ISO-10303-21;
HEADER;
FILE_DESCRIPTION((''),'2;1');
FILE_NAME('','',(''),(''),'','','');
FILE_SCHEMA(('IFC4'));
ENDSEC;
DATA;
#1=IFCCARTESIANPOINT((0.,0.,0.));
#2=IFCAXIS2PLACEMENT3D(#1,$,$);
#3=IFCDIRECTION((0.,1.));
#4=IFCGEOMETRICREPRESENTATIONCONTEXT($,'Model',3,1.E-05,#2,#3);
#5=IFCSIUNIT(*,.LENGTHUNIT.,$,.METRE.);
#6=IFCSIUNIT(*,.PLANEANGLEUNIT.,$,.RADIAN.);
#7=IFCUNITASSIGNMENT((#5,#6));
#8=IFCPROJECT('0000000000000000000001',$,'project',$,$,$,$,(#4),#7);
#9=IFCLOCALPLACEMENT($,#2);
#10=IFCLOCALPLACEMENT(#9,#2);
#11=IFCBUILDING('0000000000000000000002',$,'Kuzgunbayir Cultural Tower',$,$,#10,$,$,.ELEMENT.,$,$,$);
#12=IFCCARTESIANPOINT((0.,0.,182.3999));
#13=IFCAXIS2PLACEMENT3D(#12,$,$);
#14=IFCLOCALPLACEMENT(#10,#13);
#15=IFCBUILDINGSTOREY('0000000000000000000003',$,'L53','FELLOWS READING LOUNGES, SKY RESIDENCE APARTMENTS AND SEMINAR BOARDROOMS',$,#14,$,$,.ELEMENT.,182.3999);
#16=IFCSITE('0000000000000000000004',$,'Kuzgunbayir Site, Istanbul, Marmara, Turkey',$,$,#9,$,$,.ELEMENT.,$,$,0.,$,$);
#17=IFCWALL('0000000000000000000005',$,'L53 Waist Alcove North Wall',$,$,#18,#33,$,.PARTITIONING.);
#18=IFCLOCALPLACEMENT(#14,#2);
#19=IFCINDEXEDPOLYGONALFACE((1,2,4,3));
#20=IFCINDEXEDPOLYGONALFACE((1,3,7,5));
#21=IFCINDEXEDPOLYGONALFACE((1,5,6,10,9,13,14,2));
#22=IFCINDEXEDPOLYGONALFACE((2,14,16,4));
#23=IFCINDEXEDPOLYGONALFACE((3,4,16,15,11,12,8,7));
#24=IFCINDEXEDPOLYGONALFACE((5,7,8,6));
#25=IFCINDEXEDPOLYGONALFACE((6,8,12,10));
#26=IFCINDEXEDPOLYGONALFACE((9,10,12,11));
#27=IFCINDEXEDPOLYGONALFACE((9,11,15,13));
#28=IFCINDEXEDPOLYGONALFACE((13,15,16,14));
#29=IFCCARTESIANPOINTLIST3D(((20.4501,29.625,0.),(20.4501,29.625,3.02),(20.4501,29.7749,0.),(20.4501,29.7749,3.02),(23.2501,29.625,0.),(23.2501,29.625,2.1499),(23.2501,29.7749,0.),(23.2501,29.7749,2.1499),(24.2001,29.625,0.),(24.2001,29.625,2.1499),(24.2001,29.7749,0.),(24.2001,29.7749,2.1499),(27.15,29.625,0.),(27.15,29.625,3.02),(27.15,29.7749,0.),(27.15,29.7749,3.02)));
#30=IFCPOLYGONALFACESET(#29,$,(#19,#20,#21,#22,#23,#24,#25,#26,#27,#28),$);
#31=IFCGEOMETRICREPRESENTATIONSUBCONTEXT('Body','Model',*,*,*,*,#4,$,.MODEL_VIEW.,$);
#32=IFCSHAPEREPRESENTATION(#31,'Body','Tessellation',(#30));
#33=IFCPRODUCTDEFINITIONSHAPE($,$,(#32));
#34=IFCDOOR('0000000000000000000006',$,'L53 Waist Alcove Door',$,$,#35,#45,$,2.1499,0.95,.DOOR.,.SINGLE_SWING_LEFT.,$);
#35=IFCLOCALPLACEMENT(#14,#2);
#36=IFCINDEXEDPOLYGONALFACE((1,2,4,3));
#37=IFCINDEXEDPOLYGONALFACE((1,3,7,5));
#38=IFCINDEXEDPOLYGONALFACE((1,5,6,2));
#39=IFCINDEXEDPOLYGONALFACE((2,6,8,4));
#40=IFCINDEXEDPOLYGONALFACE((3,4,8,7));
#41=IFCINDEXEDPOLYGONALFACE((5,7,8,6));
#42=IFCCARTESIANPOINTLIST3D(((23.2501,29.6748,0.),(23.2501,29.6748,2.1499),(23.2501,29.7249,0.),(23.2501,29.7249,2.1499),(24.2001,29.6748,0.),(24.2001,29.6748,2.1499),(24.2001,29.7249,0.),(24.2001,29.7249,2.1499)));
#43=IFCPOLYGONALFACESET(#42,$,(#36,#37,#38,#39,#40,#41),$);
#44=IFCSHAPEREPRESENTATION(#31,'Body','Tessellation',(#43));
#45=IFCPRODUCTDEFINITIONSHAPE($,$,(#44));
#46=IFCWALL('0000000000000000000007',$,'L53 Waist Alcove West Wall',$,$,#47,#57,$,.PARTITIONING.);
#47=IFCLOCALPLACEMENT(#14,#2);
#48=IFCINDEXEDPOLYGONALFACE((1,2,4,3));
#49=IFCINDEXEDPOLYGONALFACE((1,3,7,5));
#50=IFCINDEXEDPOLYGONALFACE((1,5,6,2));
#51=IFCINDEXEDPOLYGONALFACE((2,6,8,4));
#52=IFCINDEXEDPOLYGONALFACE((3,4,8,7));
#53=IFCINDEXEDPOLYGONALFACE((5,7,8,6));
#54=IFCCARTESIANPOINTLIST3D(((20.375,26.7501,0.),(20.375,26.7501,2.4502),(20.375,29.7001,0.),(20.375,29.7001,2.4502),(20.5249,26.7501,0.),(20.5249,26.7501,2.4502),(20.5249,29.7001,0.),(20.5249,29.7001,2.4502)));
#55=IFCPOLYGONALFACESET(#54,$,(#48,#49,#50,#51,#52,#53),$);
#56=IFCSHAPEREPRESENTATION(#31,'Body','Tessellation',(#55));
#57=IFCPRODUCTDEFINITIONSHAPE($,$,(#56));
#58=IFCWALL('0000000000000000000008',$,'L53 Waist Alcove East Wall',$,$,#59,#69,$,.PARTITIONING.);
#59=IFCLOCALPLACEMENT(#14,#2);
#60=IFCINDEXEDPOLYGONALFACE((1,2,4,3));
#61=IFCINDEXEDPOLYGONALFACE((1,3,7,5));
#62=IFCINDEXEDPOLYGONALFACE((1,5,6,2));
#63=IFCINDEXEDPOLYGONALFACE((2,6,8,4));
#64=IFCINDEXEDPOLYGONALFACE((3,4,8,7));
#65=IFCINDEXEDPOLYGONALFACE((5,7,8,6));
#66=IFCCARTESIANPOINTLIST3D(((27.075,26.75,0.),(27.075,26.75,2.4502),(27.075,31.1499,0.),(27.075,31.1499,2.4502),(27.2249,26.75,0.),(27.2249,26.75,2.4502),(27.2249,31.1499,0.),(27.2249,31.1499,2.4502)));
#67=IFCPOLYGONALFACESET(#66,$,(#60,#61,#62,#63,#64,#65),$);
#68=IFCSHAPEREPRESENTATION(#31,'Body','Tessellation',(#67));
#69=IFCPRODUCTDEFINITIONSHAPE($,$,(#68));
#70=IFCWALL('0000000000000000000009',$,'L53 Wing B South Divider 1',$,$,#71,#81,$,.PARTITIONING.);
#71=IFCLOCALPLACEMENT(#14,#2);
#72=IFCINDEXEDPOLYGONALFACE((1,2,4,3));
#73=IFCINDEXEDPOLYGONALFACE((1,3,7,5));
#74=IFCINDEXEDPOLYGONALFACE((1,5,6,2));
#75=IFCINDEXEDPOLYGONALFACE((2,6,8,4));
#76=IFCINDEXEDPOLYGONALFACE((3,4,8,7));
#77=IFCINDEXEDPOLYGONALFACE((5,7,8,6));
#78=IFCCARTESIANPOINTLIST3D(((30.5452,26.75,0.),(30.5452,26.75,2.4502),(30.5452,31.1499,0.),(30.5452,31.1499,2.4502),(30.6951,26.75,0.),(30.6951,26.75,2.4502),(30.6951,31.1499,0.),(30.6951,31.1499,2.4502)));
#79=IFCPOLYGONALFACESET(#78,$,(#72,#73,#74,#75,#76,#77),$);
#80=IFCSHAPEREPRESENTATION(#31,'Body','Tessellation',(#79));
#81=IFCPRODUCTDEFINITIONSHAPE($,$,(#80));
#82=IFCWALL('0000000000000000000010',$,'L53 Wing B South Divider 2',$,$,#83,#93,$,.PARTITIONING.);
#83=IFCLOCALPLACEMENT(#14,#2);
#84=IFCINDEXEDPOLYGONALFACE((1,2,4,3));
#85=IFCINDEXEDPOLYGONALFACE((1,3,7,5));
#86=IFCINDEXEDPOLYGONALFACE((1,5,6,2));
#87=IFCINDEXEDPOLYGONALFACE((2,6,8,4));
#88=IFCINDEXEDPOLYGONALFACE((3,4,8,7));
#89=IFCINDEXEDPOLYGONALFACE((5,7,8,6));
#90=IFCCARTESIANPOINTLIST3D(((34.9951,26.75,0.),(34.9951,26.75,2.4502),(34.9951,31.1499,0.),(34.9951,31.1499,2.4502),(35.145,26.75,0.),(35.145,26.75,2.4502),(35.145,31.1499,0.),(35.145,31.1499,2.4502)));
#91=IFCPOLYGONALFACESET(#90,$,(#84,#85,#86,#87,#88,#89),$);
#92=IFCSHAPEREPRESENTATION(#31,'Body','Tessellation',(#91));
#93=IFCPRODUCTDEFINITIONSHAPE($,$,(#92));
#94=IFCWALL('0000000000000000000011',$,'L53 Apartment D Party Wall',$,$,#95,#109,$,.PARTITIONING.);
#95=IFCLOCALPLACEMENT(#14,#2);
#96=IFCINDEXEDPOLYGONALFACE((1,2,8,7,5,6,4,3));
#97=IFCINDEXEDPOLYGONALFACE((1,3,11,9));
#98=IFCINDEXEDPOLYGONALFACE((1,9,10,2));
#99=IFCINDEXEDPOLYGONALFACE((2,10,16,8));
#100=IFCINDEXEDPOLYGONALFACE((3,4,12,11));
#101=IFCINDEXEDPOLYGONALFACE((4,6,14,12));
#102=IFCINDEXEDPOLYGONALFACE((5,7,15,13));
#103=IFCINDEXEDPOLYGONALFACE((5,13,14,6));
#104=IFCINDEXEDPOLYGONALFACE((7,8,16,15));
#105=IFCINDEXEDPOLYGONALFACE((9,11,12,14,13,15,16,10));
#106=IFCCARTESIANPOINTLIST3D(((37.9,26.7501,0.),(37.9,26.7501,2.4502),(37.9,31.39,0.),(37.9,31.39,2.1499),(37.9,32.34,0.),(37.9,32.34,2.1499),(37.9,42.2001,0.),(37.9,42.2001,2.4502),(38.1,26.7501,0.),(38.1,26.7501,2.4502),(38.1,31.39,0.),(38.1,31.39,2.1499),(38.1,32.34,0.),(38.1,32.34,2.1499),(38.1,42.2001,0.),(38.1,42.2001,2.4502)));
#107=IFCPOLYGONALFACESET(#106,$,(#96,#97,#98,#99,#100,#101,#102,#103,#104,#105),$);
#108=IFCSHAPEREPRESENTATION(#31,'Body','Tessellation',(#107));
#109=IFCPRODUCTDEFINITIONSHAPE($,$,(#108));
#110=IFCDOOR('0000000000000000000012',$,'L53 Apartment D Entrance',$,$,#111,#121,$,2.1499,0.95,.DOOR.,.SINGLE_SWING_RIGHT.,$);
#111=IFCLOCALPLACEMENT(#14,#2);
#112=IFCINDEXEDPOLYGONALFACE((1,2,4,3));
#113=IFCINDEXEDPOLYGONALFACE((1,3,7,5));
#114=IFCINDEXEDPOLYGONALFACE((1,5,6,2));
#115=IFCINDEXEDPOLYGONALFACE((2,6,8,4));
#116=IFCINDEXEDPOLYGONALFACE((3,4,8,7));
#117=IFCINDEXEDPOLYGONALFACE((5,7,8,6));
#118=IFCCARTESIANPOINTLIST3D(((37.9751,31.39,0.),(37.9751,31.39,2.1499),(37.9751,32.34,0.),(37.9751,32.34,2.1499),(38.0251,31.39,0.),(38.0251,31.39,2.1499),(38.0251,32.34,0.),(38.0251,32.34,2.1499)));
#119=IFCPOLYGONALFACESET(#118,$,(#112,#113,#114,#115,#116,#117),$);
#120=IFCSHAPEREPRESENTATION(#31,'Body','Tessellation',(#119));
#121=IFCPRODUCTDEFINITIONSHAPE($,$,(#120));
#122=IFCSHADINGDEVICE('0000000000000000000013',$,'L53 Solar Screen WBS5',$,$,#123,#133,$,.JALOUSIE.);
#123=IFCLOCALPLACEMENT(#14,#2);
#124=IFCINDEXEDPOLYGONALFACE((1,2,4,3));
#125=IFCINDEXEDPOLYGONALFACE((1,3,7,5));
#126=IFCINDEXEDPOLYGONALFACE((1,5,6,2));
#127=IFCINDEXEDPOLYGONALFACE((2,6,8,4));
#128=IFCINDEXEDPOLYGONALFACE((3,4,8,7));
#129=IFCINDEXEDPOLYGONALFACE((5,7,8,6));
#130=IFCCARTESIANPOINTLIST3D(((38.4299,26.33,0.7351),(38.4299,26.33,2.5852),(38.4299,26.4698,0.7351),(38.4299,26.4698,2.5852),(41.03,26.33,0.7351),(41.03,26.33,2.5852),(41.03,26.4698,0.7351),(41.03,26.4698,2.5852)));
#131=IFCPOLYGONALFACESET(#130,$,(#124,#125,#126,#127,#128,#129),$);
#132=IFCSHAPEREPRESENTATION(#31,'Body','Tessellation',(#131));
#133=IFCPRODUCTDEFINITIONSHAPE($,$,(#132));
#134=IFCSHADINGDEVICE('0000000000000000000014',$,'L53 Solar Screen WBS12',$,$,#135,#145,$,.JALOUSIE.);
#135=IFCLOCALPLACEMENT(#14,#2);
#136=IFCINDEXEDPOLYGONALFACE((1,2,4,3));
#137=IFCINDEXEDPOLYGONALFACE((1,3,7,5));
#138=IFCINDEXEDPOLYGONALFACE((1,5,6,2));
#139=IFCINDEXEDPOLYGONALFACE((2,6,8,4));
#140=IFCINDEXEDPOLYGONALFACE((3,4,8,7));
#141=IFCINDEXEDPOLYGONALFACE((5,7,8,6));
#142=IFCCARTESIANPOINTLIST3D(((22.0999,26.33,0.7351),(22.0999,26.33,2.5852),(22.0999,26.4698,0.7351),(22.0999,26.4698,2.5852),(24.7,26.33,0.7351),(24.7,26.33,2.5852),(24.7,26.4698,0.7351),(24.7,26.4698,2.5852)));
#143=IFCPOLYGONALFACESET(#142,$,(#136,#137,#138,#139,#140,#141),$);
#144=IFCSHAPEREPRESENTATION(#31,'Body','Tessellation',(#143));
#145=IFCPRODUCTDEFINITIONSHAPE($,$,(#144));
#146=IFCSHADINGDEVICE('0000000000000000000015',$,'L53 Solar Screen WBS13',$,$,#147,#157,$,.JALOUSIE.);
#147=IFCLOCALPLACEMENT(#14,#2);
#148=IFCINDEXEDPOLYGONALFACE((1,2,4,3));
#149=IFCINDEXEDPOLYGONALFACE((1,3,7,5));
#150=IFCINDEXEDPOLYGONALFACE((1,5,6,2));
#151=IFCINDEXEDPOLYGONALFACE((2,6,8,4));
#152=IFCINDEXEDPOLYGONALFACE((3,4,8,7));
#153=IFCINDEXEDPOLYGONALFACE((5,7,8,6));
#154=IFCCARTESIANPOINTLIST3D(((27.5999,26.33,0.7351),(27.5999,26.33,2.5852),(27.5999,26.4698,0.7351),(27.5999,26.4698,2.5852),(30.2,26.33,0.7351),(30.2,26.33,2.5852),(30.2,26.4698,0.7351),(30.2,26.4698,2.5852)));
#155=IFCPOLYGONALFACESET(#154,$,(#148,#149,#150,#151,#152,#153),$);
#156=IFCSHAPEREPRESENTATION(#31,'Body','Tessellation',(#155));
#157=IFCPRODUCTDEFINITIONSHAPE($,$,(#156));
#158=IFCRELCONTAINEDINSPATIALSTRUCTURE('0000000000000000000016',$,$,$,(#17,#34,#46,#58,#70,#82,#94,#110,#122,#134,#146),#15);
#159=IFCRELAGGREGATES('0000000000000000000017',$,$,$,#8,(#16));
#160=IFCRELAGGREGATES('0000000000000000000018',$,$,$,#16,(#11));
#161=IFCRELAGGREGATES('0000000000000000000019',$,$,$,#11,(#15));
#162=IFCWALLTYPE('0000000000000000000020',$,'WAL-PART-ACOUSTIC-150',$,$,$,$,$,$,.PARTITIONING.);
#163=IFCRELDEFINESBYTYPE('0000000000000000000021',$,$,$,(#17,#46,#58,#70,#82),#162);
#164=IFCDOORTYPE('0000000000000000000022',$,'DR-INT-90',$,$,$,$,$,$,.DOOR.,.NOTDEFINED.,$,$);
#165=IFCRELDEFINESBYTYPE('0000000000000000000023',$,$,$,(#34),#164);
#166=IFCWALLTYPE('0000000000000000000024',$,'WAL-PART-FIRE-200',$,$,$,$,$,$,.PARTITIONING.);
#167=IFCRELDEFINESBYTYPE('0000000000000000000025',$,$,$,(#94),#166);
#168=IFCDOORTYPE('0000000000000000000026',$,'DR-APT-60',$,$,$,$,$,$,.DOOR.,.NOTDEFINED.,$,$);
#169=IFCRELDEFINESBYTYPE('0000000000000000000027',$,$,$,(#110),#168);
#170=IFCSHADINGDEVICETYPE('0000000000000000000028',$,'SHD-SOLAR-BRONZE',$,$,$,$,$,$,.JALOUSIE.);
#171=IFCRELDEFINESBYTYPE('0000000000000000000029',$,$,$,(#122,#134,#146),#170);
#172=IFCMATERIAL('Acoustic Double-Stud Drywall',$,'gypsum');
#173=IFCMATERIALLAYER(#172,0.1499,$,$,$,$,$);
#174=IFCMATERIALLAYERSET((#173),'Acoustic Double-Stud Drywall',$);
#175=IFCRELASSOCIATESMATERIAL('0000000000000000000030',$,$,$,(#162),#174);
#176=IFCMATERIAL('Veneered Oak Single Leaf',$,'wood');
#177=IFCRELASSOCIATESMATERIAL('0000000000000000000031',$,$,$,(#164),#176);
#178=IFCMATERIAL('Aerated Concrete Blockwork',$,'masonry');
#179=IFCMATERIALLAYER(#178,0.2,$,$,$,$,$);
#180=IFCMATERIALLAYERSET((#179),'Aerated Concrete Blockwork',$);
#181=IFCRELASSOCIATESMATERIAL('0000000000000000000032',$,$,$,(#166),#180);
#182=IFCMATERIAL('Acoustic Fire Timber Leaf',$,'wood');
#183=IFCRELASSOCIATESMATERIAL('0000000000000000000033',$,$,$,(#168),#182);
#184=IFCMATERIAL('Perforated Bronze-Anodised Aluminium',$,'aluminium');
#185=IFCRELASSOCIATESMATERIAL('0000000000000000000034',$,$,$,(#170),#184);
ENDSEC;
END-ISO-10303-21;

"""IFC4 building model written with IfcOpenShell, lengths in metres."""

from ifc_helpers import new_model, si_unit, direction, frame, frame_2d, origin, origin_2d, place, context, subcontext, project, spatial, rectangle, extrude, material, layer, layer_set, type_object, element, fill, save


model = new_model("IFC4")

# Units and contexts
model_context = context("Model", 3, precision=1e-05, world=origin(), true_north=direction((0.0, 1.0)))
body_context = subcontext(model_context, "Body", "Model", "MODEL_VIEW")
ifc_project = project(units=[si_unit("LENGTHUNIT", "METRE"), si_unit("PLANEANGLEUNIT", "RADIAN")], contexts=[model_context])

# Site, building, storey
site_placement = place(None, origin())
site = spatial("IfcSite", under=ifc_project, at=site_placement, Name="Kuzgunbayir Site, Istanbul, Marmara, Turkey", CompositionType="ELEMENT", RefElevation=0.0)
building_placement = place(site_placement, origin())
building = spatial("IfcBuilding", under=site, at=building_placement, Name="Kuzgunbayir Cultural Tower", CompositionType="ELEMENT")
storey_placement = place(building_placement, frame((0.0, 0.0, 182.3999)))
storey = spatial("IfcBuildingStorey", under=building, at=storey_placement, Name="L53", Description="FELLOWS READING LOUNGES, SKY RESIDENCE APARTMENTS AND SEMINAR BOARDROOMS", CompositionType="ELEMENT", Elevation=182.3999)

# Wall, opening, door
ifc_material_1 = material(Name="Acoustic Double-Stud Drywall", Category="gypsum")
ifc_layer_1 = layer(ifc_material_1, 0.1499)
ifc_layer_set_1 = layer_set([ifc_layer_1], Name="Acoustic Double-Stud Drywall")
wall_type_1 = type_object("IfcWallType", Name="WAL-PART-ACOUSTIC-150", PredefinedType="PARTITIONING", material=ifc_layer_set_1)
wall_1_placement = place(storey_placement, frame((20.45, 29.7, 0.0), z_axis=(0.0, 0.0, 1.0), x_axis=(1.0, 0.0, 0.0)))
wall_1 = element("IfcWall", 1, at=wall_1_placement, inside=storey, type_object=wall_type_1, Name="L53 Waist Alcove North Wall", PredefinedType="PARTITIONING", context=body_context, shape_type="SweptSolid", body=[
    extrude(rectangle(XDim=6.7, YDim=0.1499, at=frame_2d((3.3501, 0.0))), origin(), (0.0, 0.0, 1.0), 3.02),
])
opening_1_placement = place(wall_1_placement, frame((2.8, 0.0, 0.0)))
opening_1 = element("IfcOpeningElement", 2, at=opening_1_placement, cuts=wall_1, PredefinedType="OPENING", context=body_context, shape_type="SweptSolid", body=[
    extrude(rectangle(XDim=0.95, YDim=2.1499, at=frame_2d((0.4751, 1.075))), frame((0.0, 0.085, 0.0), z_axis=(0.0, -1.0, 0.0), x_axis=(1.0, 0.0, 0.0)), (0.0, 0.0, 1.0), 0.1699),
])
ifc_material_2 = material(Name="Veneered Oak Single Leaf", Category="wood")
door_type_1 = type_object("IfcDoorType", Name="DR-INT-90", OperationType="NOTDEFINED", PredefinedType="DOOR", material=ifc_material_2)
door_1_placement = place(opening_1_placement, origin())
door_1 = element("IfcDoor", 3, at=door_1_placement, inside=storey, type_object=door_type_1, Name="L53 Waist Alcove Door", OperationType="SINGLE_SWING_LEFT", OverallHeight=2.1499, OverallWidth=0.95, PredefinedType="DOOR", context=body_context, shape_type="SweptSolid", body=[
    extrude(rectangle(XDim=0.95, YDim=2.1499, at=frame_2d((0.4751, 1.075))), frame((0.0, 0.0249, 0.0), z_axis=(0.0, -1.0, 0.0), x_axis=(1.0, 0.0, 0.0)), (0.0, 0.0, 1.0), 0.05),
])
fill(opening_1, door_1)

# Walls
wall_2_placement = place(storey_placement, frame((20.45, 26.75, 0.0), z_axis=(0.0, 0.0, 1.0), x_axis=(0.0, 1.0, 0.0)))
element("IfcWall", 4, at=wall_2_placement, inside=storey, type_object=wall_type_1, Name="L53 Waist Alcove West Wall", PredefinedType="PARTITIONING", context=body_context, shape_type="SweptSolid", body=[
    extrude(rectangle(XDim=2.95, YDim=0.1499, at=frame_2d((1.4751, 0.0))), origin(), (0.0, 0.0, 1.0), 2.4502),
])
for number, where, z_axis, x_axis, name in (
    (5, (27.1499, 26.75, 0.0), (0.0, 0.0, 1.0), (0.0, 1.0, 0.0), "L53 Waist Alcove East Wall"),
    (6, (30.6201, 26.75, 0.0), (0.0, 0.0, 1.0), (0.0, 1.0, 0.0), "L53 Wing B South Divider 1"),
    (7, (35.0701, 26.75, 0.0), (0.0, 0.0, 1.0), (0.0, 1.0, 0.0), "L53 Wing B South Divider 2"),
):
    element("IfcWall", number, at=place(storey_placement, frame(where, z_axis=z_axis, x_axis=x_axis)), inside=storey, type_object=wall_type_1, Name=name, PredefinedType="PARTITIONING", context=body_context, shape_type="SweptSolid", body=[
        extrude(rectangle(XDim=4.3999, YDim=0.1499, at=frame_2d((2.2, 0.0))), origin(), (0.0, 0.0, 1.0), 2.4502),
    ])

# Wall, opening, door
ifc_material_3 = material(Name="Aerated Concrete Blockwork", Category="masonry")
ifc_layer_2 = layer(ifc_material_3, 0.2)
ifc_layer_set_2 = layer_set([ifc_layer_2], Name="Aerated Concrete Blockwork")
wall_type_2 = type_object("IfcWallType", Name="WAL-PART-FIRE-200", PredefinedType="PARTITIONING", material=ifc_layer_set_2)
wall_3_placement = place(storey_placement, frame((38.0, 26.75, 0.0), z_axis=(0.0, 0.0, 1.0), x_axis=(0.0, 1.0, 0.0)))
wall_3 = element("IfcWall", 8, at=wall_3_placement, inside=storey, type_object=wall_type_2, Name="L53 Apartment D Party Wall", PredefinedType="PARTITIONING", context=body_context, shape_type="SweptSolid", body=[
    extrude(rectangle(XDim=15.45, YDim=0.2, at=frame_2d((7.7251, 0.0))), origin(), (0.0, 0.0, 1.0), 2.4502),
])
opening_2_placement = place(wall_3_placement, frame((4.6399, 0.0, 0.0)))
opening_2 = element("IfcOpeningElement", 9, at=opening_2_placement, cuts=wall_3, PredefinedType="OPENING", context=body_context, shape_type="SweptSolid", body=[
    extrude(rectangle(XDim=0.95, YDim=2.1499, at=frame_2d((0.4751, 1.075))), frame((0.0, 0.1099, 0.0), z_axis=(0.0, -1.0, 0.0), x_axis=(1.0, 0.0, 0.0)), (0.0, 0.0, 1.0), 0.22),
])
ifc_material_4 = material(Name="Acoustic Fire Timber Leaf", Category="wood")
door_type_2 = type_object("IfcDoorType", Name="DR-APT-60", OperationType="NOTDEFINED", PredefinedType="DOOR", material=ifc_material_4)
door_2_placement = place(opening_2_placement, origin())
door_2 = element("IfcDoor", 10, at=door_2_placement, inside=storey, type_object=door_type_2, Name="L53 Apartment D Entrance", OperationType="SINGLE_SWING_RIGHT", OverallHeight=2.1499, OverallWidth=0.95, PredefinedType="DOOR", context=body_context, shape_type="SweptSolid", body=[
    extrude(rectangle(XDim=0.95, YDim=2.1499, at=frame_2d((0.4751, 1.075))), frame((0.0, 0.0249, 0.0), z_axis=(0.0, -1.0, 0.0), x_axis=(1.0, 0.0, 0.0)), (0.0, 0.0, 1.0), 0.05),
])
fill(opening_2, door_2)

# Shading devices
ifc_material_5 = material(Name="Perforated Bronze-Anodised Aluminium", Category="aluminium")
shading_device_type = type_object("IfcShadingDeviceType", Name="SHD-SOLAR-BRONZE", PredefinedType="JALOUSIE", material=ifc_material_5)
for number, where, z_axis, x_axis, name in (
    (11, (39.73, 26.3999, 0.7351), (0.0, 0.0, 1.0), (1.0, 0.0, 0.0), "L53 Solar Screen WBS5"),
    (12, (23.3999, 26.3999, 0.7351), (0.0, 0.0, 1.0), (1.0, 0.0, 0.0), "L53 Solar Screen WBS12"),
    (13, (28.8999, 26.3999, 0.7351), (0.0, 0.0, 1.0), (1.0, 0.0, 0.0), "L53 Solar Screen WBS13"),
):
    element("IfcShadingDevice", number, at=place(storey_placement, frame(where, z_axis=z_axis, x_axis=x_axis)), inside=storey, type_object=shading_device_type, Name=name, PredefinedType="JALOUSIE", context=body_context, shape_type="SweptSolid", body=[
        extrude(rectangle(XDim=2.6001, YDim=0.1399, at=origin_2d()), origin(), (0.0, 0.0, 1.0), 1.8501),
    ])

save(model, "model.ifc")
